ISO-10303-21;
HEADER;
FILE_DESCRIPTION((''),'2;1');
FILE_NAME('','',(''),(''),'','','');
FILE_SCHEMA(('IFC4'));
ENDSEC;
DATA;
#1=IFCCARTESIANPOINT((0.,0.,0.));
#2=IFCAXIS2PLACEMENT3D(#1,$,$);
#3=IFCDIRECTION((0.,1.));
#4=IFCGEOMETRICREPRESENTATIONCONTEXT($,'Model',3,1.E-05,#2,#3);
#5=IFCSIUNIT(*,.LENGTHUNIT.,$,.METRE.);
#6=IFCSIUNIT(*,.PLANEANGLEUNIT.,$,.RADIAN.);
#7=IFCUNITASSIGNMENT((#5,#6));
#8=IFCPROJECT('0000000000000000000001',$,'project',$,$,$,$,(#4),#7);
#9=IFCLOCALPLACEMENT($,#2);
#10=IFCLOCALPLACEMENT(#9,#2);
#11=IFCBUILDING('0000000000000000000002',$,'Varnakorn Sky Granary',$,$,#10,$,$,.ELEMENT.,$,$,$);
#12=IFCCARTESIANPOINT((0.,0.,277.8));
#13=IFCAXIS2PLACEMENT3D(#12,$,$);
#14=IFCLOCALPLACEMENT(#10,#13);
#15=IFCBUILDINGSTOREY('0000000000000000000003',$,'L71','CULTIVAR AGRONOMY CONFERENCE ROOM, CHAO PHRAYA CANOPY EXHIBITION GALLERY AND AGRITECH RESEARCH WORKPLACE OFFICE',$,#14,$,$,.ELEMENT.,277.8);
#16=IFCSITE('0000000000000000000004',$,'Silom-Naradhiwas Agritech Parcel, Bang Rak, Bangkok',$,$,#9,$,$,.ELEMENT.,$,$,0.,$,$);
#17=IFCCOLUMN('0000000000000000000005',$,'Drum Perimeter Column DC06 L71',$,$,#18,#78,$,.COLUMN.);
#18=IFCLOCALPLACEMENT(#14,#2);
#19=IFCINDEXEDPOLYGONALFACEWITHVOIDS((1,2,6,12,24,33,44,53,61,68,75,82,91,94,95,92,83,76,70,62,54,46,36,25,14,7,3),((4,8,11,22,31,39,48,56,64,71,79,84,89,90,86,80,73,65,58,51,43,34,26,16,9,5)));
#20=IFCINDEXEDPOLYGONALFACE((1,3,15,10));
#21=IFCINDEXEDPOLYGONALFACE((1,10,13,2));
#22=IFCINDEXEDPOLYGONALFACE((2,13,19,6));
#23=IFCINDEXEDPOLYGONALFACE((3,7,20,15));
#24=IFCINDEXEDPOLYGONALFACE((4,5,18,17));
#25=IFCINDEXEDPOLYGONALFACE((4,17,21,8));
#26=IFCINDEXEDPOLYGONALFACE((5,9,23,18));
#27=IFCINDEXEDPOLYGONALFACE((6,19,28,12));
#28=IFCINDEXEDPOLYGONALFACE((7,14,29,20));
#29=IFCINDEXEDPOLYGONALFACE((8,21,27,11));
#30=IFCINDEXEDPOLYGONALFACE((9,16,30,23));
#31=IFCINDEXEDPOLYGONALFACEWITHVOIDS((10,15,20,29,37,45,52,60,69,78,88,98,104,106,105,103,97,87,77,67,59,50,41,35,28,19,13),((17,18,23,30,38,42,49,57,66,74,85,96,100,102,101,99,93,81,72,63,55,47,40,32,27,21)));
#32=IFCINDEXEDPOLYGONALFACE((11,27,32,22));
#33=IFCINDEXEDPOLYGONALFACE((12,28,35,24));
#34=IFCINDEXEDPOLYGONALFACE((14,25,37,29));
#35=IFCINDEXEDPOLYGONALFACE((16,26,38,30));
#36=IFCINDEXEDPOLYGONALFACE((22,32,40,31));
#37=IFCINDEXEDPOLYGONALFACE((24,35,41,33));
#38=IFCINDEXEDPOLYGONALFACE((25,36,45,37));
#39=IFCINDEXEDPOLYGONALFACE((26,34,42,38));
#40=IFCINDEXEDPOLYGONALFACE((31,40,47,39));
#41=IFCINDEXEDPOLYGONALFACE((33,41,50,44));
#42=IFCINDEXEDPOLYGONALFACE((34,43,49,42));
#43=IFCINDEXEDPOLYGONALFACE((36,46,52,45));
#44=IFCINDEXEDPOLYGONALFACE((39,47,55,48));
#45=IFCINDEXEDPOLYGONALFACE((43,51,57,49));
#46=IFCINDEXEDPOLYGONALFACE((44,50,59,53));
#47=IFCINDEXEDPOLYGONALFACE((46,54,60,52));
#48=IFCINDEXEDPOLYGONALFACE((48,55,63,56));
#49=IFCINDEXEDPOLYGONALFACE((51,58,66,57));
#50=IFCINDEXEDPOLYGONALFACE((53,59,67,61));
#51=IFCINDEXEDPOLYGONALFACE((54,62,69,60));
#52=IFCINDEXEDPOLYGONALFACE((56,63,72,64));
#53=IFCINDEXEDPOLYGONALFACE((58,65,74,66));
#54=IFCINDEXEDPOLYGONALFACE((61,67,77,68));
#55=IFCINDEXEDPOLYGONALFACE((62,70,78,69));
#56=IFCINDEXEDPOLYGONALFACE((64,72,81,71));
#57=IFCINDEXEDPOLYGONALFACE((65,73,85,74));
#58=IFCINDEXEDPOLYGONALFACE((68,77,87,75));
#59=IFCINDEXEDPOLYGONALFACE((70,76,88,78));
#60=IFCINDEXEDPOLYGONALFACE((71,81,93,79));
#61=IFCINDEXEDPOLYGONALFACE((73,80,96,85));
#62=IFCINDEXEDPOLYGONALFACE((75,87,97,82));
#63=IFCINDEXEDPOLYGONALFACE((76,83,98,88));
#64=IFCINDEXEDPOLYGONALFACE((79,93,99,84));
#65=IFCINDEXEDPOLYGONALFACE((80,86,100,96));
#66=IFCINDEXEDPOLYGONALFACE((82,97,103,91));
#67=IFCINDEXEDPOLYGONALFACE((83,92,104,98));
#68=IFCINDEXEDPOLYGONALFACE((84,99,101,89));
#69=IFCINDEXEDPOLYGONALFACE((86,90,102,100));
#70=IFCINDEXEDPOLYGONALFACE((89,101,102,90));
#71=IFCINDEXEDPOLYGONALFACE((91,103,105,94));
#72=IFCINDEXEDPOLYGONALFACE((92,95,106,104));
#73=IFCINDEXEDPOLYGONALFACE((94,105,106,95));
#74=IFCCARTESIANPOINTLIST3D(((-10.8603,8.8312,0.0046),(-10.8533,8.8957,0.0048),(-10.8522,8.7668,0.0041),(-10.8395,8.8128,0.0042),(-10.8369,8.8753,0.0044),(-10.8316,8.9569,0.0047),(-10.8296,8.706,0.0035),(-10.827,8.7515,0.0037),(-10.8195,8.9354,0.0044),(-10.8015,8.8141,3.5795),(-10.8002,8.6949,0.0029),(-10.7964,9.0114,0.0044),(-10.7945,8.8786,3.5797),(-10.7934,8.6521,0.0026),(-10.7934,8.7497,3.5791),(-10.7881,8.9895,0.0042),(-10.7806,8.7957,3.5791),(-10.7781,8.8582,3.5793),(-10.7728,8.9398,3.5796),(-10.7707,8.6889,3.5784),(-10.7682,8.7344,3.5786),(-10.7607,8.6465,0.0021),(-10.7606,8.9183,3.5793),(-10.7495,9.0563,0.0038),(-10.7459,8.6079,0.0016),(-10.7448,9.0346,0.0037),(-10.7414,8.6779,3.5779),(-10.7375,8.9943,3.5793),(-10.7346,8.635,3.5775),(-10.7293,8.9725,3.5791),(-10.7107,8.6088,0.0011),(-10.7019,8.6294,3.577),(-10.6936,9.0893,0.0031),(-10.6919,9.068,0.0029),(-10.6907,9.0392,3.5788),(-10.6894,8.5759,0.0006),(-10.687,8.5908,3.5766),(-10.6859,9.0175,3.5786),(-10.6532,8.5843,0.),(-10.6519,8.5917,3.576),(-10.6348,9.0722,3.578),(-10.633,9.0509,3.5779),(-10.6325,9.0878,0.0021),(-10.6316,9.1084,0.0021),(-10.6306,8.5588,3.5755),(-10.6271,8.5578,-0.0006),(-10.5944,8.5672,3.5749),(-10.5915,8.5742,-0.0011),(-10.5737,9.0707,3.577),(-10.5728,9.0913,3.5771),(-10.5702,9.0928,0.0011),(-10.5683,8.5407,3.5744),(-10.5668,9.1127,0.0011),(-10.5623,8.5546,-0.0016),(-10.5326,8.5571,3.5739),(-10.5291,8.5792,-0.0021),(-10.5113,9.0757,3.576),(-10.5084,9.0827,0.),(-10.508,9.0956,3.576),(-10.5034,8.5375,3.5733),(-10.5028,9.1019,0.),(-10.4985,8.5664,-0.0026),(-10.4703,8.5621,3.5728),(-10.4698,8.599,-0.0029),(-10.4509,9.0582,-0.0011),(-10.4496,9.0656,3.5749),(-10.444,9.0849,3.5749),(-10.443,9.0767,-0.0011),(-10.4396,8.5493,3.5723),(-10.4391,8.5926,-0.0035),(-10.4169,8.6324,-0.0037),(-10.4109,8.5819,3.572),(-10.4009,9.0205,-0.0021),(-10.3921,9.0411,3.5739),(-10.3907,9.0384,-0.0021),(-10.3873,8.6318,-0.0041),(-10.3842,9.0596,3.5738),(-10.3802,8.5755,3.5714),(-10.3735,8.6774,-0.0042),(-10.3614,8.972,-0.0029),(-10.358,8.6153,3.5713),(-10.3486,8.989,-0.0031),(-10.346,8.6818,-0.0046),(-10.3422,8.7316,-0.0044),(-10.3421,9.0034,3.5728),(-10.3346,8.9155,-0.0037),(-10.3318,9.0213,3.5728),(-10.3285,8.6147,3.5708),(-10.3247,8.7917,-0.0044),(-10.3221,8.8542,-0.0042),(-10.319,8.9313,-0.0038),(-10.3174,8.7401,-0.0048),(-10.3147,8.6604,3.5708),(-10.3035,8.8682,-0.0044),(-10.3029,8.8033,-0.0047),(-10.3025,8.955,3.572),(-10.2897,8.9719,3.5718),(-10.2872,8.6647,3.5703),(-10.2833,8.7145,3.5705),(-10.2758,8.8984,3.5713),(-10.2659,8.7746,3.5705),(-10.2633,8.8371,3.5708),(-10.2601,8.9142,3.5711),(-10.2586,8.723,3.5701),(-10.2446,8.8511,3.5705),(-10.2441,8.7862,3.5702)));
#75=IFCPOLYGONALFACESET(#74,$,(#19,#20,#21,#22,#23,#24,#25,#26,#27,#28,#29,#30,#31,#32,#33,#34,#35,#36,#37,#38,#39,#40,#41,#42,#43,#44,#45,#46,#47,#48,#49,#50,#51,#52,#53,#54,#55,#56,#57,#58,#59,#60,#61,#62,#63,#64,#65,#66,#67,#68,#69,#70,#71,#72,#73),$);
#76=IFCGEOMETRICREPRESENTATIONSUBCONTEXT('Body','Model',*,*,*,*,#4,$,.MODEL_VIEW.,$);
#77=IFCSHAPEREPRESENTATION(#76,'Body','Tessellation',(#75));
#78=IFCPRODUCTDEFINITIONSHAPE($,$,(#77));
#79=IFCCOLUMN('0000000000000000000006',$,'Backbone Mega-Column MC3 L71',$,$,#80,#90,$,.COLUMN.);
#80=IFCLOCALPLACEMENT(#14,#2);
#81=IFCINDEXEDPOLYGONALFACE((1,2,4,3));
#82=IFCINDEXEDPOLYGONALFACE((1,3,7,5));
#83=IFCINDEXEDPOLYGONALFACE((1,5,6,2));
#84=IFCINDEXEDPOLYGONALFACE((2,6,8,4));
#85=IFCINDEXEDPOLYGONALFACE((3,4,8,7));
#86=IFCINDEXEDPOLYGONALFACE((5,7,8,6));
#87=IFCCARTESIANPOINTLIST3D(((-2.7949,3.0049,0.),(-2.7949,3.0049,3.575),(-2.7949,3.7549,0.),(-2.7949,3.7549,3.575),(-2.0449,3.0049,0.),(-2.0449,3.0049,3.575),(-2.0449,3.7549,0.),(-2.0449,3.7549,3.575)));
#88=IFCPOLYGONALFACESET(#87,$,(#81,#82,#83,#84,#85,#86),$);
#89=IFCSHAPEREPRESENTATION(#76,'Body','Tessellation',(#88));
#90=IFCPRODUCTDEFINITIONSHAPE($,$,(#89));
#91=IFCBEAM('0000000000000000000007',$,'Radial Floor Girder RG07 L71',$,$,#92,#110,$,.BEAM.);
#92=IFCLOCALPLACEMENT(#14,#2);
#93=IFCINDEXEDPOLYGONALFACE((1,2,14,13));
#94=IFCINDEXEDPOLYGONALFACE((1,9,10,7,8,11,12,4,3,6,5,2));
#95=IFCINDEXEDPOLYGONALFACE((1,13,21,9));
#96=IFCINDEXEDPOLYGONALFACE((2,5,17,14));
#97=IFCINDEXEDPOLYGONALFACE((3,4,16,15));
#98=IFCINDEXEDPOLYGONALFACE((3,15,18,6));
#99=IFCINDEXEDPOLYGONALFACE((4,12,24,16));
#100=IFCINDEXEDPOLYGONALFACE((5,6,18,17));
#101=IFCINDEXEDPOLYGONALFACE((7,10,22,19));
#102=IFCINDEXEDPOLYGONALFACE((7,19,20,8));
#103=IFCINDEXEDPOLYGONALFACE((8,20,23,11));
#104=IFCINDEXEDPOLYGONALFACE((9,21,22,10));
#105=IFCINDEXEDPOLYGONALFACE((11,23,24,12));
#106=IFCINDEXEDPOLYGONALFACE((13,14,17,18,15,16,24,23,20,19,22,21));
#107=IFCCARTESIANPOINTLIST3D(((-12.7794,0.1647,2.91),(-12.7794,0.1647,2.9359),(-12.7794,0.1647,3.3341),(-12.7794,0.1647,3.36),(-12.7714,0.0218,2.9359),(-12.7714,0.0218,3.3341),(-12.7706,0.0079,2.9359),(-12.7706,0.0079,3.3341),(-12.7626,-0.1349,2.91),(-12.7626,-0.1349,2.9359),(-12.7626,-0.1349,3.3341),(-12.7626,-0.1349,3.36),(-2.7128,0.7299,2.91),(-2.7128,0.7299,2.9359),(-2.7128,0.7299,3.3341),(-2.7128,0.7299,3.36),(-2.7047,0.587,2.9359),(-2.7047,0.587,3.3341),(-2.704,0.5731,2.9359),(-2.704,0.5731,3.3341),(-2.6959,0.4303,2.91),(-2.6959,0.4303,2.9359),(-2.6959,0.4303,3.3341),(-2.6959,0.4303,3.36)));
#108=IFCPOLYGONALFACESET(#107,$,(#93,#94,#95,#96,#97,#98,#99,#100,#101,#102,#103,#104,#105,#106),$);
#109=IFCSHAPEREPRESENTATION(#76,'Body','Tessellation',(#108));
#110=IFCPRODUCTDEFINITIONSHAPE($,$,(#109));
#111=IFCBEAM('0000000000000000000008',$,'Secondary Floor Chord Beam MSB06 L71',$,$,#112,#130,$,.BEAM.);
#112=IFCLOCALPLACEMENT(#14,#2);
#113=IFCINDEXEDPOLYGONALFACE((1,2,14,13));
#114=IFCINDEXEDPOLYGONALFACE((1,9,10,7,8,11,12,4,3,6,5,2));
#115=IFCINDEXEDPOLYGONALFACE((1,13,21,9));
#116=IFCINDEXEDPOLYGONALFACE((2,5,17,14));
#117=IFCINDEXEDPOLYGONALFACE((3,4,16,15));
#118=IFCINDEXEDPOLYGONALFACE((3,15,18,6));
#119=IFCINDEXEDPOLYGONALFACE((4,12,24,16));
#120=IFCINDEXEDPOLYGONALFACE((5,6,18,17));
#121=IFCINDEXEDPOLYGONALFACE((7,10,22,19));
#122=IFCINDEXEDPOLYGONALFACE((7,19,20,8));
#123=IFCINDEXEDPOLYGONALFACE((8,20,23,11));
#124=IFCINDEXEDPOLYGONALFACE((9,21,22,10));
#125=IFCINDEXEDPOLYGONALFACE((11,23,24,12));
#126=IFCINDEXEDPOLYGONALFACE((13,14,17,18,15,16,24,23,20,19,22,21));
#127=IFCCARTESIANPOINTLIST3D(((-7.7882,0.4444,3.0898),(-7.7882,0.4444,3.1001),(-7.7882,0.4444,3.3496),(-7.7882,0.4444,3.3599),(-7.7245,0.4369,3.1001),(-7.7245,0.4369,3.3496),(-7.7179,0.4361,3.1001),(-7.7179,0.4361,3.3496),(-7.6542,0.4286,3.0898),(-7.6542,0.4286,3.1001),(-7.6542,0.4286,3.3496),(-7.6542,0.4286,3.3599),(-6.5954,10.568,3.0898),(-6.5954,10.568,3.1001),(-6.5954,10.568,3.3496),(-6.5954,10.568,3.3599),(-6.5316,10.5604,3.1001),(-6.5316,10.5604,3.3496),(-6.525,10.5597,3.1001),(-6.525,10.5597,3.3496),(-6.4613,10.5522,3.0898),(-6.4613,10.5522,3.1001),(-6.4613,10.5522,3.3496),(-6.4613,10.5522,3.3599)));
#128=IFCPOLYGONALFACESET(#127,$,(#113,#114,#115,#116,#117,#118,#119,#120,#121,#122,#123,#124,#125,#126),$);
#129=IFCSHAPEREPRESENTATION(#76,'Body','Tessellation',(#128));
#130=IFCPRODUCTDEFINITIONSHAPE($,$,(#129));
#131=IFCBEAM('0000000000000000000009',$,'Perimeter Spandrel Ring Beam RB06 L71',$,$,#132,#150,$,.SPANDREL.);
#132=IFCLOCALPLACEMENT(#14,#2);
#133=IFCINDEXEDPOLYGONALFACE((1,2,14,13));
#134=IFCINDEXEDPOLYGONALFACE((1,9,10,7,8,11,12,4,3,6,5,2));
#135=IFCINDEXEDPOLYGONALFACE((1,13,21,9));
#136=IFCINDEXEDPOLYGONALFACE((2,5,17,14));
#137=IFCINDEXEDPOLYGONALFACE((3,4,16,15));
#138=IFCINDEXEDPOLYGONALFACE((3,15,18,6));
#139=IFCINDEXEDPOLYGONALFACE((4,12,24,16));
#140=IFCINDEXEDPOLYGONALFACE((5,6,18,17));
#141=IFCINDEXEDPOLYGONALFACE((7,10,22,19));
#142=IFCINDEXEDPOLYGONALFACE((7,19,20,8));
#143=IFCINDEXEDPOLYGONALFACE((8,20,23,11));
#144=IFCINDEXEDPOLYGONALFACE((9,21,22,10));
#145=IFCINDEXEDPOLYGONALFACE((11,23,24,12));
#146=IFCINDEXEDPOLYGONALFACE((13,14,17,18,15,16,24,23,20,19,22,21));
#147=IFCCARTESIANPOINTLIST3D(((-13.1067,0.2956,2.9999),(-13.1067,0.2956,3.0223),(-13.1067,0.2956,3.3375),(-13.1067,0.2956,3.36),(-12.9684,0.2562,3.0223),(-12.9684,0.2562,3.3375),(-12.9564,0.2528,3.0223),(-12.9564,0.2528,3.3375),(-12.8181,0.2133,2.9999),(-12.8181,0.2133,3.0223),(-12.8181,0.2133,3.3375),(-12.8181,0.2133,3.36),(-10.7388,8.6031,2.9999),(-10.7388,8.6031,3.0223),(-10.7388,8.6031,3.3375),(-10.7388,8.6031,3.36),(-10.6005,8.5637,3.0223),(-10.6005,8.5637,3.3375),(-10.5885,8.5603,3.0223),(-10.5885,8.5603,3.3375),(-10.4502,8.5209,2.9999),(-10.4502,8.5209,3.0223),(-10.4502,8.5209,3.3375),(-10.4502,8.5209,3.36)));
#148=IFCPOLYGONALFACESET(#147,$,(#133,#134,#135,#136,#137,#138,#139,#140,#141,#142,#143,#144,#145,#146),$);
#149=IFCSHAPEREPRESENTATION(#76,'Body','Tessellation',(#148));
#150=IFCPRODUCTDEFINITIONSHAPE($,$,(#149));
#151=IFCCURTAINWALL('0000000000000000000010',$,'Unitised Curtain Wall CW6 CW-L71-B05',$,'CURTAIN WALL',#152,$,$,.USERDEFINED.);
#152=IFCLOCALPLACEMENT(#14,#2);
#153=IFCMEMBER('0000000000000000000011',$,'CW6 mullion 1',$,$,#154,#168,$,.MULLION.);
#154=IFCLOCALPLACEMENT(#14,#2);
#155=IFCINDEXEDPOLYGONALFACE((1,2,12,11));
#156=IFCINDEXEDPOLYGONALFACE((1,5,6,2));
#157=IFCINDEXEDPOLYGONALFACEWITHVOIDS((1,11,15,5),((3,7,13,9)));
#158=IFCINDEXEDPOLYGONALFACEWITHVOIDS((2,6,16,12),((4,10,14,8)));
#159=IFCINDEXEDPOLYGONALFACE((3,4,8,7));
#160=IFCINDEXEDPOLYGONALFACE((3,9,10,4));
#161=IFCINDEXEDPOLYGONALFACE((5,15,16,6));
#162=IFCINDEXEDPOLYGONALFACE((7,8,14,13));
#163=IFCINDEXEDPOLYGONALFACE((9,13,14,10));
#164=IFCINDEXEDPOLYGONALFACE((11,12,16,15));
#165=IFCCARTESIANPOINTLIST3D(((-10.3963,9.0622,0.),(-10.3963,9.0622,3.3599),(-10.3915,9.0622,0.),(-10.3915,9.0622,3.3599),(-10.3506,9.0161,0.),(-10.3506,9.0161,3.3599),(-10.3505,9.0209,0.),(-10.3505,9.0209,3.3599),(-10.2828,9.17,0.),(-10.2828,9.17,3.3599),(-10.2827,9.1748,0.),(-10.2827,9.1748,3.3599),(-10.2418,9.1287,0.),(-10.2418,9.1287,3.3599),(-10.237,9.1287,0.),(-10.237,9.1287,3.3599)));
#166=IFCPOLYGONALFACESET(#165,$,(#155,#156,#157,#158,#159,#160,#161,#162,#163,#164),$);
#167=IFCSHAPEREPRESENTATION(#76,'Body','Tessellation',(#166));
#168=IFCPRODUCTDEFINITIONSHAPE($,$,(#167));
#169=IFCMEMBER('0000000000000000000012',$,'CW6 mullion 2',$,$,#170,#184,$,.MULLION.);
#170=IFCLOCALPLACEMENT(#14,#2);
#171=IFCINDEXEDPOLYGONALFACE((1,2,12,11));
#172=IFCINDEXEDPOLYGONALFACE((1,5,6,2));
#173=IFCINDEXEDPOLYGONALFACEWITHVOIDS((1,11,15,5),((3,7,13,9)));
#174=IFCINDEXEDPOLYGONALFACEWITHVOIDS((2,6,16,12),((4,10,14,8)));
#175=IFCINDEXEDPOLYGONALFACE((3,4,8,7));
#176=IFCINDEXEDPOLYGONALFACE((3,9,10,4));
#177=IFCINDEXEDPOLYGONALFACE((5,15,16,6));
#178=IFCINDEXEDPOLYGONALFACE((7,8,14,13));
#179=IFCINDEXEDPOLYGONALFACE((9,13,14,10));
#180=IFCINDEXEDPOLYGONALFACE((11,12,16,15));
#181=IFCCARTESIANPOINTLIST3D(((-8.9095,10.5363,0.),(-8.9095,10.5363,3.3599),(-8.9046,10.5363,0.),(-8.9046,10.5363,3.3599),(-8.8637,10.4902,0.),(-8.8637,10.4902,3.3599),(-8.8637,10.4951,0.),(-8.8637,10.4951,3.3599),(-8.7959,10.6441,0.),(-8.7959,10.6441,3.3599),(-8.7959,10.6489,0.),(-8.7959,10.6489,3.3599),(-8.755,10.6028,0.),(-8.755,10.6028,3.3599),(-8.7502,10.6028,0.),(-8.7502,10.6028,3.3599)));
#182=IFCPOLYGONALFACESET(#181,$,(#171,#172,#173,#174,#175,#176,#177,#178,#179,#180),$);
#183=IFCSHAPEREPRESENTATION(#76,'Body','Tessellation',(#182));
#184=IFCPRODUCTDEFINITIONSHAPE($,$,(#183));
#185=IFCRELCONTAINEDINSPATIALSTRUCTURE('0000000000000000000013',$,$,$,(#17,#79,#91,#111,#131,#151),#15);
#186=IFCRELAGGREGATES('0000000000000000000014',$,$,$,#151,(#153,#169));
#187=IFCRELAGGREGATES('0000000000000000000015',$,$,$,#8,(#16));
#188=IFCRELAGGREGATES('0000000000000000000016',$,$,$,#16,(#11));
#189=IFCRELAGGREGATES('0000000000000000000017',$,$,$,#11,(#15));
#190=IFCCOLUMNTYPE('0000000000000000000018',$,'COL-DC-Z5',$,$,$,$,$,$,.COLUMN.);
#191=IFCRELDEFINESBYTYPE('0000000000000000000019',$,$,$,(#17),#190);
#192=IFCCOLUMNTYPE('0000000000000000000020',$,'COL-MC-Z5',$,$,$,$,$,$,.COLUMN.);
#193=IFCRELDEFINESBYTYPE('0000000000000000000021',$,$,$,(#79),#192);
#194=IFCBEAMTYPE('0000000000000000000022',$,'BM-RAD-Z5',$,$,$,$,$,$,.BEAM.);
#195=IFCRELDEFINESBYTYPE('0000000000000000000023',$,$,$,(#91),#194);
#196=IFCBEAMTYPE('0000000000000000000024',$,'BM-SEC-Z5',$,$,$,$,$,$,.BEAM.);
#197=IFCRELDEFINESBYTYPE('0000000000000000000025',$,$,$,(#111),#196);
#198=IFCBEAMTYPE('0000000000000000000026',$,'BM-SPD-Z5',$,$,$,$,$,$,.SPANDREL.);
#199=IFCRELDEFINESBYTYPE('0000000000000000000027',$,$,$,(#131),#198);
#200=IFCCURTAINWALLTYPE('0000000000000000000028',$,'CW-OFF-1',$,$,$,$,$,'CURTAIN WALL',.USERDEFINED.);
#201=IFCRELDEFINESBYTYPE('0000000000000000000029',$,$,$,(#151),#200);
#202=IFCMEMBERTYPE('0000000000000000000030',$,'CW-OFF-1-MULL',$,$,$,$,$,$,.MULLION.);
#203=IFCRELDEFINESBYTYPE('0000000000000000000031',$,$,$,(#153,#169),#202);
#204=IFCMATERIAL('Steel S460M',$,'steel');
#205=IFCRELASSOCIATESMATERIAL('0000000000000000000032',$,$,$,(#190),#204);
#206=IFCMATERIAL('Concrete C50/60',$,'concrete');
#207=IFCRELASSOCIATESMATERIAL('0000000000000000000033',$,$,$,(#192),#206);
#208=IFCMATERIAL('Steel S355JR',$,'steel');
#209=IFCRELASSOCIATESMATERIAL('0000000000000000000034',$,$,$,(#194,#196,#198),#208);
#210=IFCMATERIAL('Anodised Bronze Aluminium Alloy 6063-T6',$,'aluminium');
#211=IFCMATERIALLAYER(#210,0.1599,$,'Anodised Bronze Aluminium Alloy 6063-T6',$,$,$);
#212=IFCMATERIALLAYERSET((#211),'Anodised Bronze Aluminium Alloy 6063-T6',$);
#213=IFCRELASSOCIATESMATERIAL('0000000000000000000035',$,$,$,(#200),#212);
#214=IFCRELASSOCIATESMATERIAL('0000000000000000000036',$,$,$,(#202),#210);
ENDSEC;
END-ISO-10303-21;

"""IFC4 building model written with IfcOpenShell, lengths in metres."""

from ifc_helpers import new_model, si_unit, direction, frame, origin, origin_2d, place, context, subcontext, project, spatial, rectangle, hollow_rectangle, hollow_circle, i_section, extrude, material, layer, layer_set, material_profile, profile_set, type_object, element, aggregate, save


model = new_model("IFC4")

# Units and contexts
model_context = context("Model", 3, precision=1e-05, world=origin(), true_north=direction((0.0, 1.0)))
body_context = subcontext(model_context, "Body", "Model", "MODEL_VIEW")
ifc_project = project(units=[si_unit("LENGTHUNIT", "METRE"), si_unit("PLANEANGLEUNIT", "RADIAN")], contexts=[model_context])

# Site, building, storey
site_placement = place(None, origin())
site = spatial("IfcSite", under=ifc_project, at=site_placement, Name="Silom-Naradhiwas Agritech Parcel, Bang Rak, Bangkok", CompositionType="ELEMENT", RefElevation=0.0)
building_placement = place(site_placement, origin())
building = spatial("IfcBuilding", under=site, at=building_placement, Name="Varnakorn Sky Granary", CompositionType="ELEMENT")
storey_placement = place(building_placement, frame((0.0, 0.0, 277.8)))
storey = spatial("IfcBuildingStorey", under=building, at=storey_placement, Name="L71", Description="CULTIVAR AGRONOMY CONFERENCE ROOM, CHAO PHRAYA CANOPY EXHIBITION GALLERY AND AGRITECH RESEARCH WORKPLACE OFFICE", CompositionType="ELEMENT", Elevation=277.8)

# Columns
ifc_material_1 = material(Name="Steel S460M", Category="steel")
ifc_material_profile_1 = material_profile(ifc_material_1, hollow_circle(Radius=0.2795, WallThickness=0.02, at=origin_2d()), Name="CHS 559x20")
ifc_profile_set_1 = profile_set([ifc_material_profile_1], Name="Steel S460M")
column_type_1 = type_object("IfcColumnType", Name="COL-DC-Z5", PredefinedType="COLUMN", material=ifc_profile_set_1)
column_1_placement = place(storey_placement, frame((-10.5808, 8.8335, 0.0), z_axis=(0.016456, -0.00478, 0.999853), x_axis=(0.278929, 0.960312, 0.0)))
element("IfcColumn", 1, at=column_1_placement, inside=storey, type_object=column_type_1, Name="Drum Perimeter Column DC06 L71", PredefinedType="COLUMN", context=body_context, shape_type="SweptSolid", body=[
    extrude(hollow_circle(Radius=0.2795, WallThickness=0.02, at=origin_2d()), origin(), (0.0, 0.0, 1.0), 3.5754),
])
ifc_material_2 = material(Name="Concrete C50/60", Category="concrete")
ifc_material_profile_2 = material_profile(ifc_material_2, rectangle(XDim=0.75, YDim=0.75, at=origin_2d()), Name="RC 750x750")
ifc_profile_set_2 = profile_set([ifc_material_profile_2], Name="Concrete C50/60")
column_type_2 = type_object("IfcColumnType", Name="COL-MC-Z5", PredefinedType="COLUMN", material=ifc_profile_set_2)
column_2_placement = place(storey_placement, frame((-2.4199, 3.3799, 0.0), z_axis=(0.0, 0.0, 1.0), x_axis=(1.0, 0.0, 0.0)))
element("IfcColumn", 2, at=column_2_placement, inside=storey, type_object=column_type_2, Name="Backbone Mega-Column MC3 L71", PredefinedType="COLUMN", context=body_context, shape_type="SweptSolid", body=[
    extrude(rectangle(XDim=0.75, YDim=0.75, at=origin_2d()), origin(), (0.0, 0.0, 1.0), 3.575),
])

# Beams
ifc_material_3 = material(Name="Steel S355JR", Category="steel")
ifc_material_profile_3 = material_profile(ifc_material_3, i_section(OverallWidth=0.3, OverallDepth=0.45, WebThickness=0.0139, FlangeThickness=0.0259, at=origin_2d()), Name="HE 450 B")
ifc_profile_set_3 = profile_set([ifc_material_profile_3], Name="Steel S355JR")
beam_type_1 = type_object("IfcBeamType", Name="BM-RAD-Z5", PredefinedType="BEAM", material=ifc_profile_set_3)
beam_1_placement = place(storey_placement, frame((-2.7043, 0.5801, 3.135), z_axis=(-0.998428, -0.056056, 0.0), x_axis=(0.056056, -0.998428, 0.0)))
element("IfcBeam", 3, at=beam_1_placement, inside=storey, type_object=beam_type_1, Name="Radial Floor Girder RG07 L71", PredefinedType="BEAM", context=body_context, shape_type="SweptSolid", body=[
    extrude(i_section(OverallWidth=0.3, OverallDepth=0.45, WebThickness=0.0139, FlangeThickness=0.0259, at=origin_2d()), origin(), (0.0, 0.0, 1.0), 10.0825),
])
ifc_material_profile_4 = material_profile(ifc_material_3, i_section(OverallWidth=0.135, OverallDepth=0.27, WebThickness=0.0066, FlangeThickness=0.0103, at=origin_2d()), Name="IPE 270")
ifc_profile_set_4 = profile_set([ifc_material_profile_4], Name="Steel S355JR")
beam_type_2 = type_object("IfcBeamType", Name="BM-SEC-Z5", PredefinedType="BEAM", material=ifc_profile_set_4)
beam_2_placement = place(storey_placement, frame((-6.5283, 10.5601, 3.2249), z_axis=(-0.117022, -0.993129, 0.0), x_axis=(0.993129, -0.117022, 0.0)))
element("IfcBeam", 4, at=beam_2_placement, inside=storey, type_object=beam_type_2, Name="Secondary Floor Chord Beam MSB06 L71", PredefinedType="BEAM", context=body_context, shape_type="SweptSolid", body=[
    extrude(i_section(OverallWidth=0.135, OverallDepth=0.27, WebThickness=0.0066, FlangeThickness=0.0103, at=origin_2d()), origin(), (0.0, 0.0, 1.0), 10.1936),
])
ifc_material_profile_5 = material_profile(ifc_material_3, i_section(OverallWidth=0.3, OverallDepth=0.3601, WebThickness=0.0125, FlangeThickness=0.0225, at=origin_2d()), Name="HE 360 B")
ifc_profile_set_5 = profile_set([ifc_material_profile_5], Name="Steel S355JR")
beam_type_3 = type_object("IfcBeamType", Name="BM-SPD-Z5", PredefinedType="SPANDREL", material=ifc_profile_set_5)
beam_3_placement = place(storey_placement, frame((-10.5945, 8.562, 3.1799), z_axis=(-0.274113, -0.961698, 0.0), x_axis=(0.961698, -0.274113, 0.0)))
element("IfcBeam", 5, at=beam_3_placement, inside=storey, type_object=beam_type_3, Name="Perimeter Spandrel Ring Beam RB06 L71", PredefinedType="SPANDREL", context=body_context, shape_type="SweptSolid", body=[
    extrude(i_section(OverallWidth=0.3, OverallDepth=0.3601, WebThickness=0.0125, FlangeThickness=0.0225, at=origin_2d()), origin(), (0.0, 0.0, 1.0), 8.6384),
])

# Curtain wall, members
ifc_material_4 = material(Name="Anodised Bronze Aluminium Alloy 6063-T6", Category="aluminium")
ifc_layer_1 = layer(ifc_material_4, 0.1599, Name="Anodised Bronze Aluminium Alloy 6063-T6")
ifc_layer_set_1 = layer_set([ifc_layer_1], Name="Anodised Bronze Aluminium Alloy 6063-T6")
curtain_wall_type = type_object("IfcCurtainWallType", Name="CW-OFF-1", ElementType="CURTAIN WALL", PredefinedType="USERDEFINED", material=ifc_layer_set_1)
curtain_wall_placement = place(storey_placement, origin())
curtain_wall = element("IfcCurtainWall", 6, at=curtain_wall_placement, inside=storey, type_object=curtain_wall_type, Name="Unitised Curtain Wall CW6 CW-L71-B05", ObjectType="CURTAIN WALL", PredefinedType="USERDEFINED")
ifc_material_profile_6 = material_profile(ifc_material_4, hollow_rectangle(XDim=0.0649, YDim=0.1599, WallThickness=0.0034, at=origin_2d()), Name="ALU MULL 65x160")
ifc_profile_set_6 = profile_set([ifc_material_profile_6], Name="Anodised Bronze Aluminium Alloy 6063-T6")
member_type_1 = type_object("IfcMemberType", Name="CW-OFF-1-MULL", PredefinedType="MULLION", material=ifc_profile_set_6)
member_1_placement = place(storey_placement, frame((-10.3167, 9.0955, 0.0), z_axis=(0.0, 0.0, 1.0), x_axis=(-0.704102, 0.710099, 0.0)))
member_1 = element("IfcMember", 7, at=member_1_placement, type_object=member_type_1, Name="CW6 mullion 1", PredefinedType="MULLION", context=body_context, shape_type="SweptSolid", body=[
    extrude(hollow_rectangle(XDim=0.0649, YDim=0.1599, WallThickness=0.0034, at=origin_2d()), origin(), (0.0, 0.0, 1.0), 3.3599),
])
member_2_placement = place(storey_placement, frame((-8.8298, 10.5696, 0.0), z_axis=(0.0, 0.0, 1.0), x_axis=(-0.704102, 0.710099, 0.0)))
member_2 = element("IfcMember", 8, at=member_2_placement, type_object=member_type_1, Name="CW6 mullion 2", PredefinedType="MULLION", context=body_context, shape_type="SweptSolid", body=[
    extrude(hollow_rectangle(XDim=0.0649, YDim=0.1599, WallThickness=0.0034, at=origin_2d()), origin(), (0.0, 0.0, 1.0), 3.3599),
])

aggregate(curtain_wall, [member_1, member_2])

save(model, "model.ifc")
